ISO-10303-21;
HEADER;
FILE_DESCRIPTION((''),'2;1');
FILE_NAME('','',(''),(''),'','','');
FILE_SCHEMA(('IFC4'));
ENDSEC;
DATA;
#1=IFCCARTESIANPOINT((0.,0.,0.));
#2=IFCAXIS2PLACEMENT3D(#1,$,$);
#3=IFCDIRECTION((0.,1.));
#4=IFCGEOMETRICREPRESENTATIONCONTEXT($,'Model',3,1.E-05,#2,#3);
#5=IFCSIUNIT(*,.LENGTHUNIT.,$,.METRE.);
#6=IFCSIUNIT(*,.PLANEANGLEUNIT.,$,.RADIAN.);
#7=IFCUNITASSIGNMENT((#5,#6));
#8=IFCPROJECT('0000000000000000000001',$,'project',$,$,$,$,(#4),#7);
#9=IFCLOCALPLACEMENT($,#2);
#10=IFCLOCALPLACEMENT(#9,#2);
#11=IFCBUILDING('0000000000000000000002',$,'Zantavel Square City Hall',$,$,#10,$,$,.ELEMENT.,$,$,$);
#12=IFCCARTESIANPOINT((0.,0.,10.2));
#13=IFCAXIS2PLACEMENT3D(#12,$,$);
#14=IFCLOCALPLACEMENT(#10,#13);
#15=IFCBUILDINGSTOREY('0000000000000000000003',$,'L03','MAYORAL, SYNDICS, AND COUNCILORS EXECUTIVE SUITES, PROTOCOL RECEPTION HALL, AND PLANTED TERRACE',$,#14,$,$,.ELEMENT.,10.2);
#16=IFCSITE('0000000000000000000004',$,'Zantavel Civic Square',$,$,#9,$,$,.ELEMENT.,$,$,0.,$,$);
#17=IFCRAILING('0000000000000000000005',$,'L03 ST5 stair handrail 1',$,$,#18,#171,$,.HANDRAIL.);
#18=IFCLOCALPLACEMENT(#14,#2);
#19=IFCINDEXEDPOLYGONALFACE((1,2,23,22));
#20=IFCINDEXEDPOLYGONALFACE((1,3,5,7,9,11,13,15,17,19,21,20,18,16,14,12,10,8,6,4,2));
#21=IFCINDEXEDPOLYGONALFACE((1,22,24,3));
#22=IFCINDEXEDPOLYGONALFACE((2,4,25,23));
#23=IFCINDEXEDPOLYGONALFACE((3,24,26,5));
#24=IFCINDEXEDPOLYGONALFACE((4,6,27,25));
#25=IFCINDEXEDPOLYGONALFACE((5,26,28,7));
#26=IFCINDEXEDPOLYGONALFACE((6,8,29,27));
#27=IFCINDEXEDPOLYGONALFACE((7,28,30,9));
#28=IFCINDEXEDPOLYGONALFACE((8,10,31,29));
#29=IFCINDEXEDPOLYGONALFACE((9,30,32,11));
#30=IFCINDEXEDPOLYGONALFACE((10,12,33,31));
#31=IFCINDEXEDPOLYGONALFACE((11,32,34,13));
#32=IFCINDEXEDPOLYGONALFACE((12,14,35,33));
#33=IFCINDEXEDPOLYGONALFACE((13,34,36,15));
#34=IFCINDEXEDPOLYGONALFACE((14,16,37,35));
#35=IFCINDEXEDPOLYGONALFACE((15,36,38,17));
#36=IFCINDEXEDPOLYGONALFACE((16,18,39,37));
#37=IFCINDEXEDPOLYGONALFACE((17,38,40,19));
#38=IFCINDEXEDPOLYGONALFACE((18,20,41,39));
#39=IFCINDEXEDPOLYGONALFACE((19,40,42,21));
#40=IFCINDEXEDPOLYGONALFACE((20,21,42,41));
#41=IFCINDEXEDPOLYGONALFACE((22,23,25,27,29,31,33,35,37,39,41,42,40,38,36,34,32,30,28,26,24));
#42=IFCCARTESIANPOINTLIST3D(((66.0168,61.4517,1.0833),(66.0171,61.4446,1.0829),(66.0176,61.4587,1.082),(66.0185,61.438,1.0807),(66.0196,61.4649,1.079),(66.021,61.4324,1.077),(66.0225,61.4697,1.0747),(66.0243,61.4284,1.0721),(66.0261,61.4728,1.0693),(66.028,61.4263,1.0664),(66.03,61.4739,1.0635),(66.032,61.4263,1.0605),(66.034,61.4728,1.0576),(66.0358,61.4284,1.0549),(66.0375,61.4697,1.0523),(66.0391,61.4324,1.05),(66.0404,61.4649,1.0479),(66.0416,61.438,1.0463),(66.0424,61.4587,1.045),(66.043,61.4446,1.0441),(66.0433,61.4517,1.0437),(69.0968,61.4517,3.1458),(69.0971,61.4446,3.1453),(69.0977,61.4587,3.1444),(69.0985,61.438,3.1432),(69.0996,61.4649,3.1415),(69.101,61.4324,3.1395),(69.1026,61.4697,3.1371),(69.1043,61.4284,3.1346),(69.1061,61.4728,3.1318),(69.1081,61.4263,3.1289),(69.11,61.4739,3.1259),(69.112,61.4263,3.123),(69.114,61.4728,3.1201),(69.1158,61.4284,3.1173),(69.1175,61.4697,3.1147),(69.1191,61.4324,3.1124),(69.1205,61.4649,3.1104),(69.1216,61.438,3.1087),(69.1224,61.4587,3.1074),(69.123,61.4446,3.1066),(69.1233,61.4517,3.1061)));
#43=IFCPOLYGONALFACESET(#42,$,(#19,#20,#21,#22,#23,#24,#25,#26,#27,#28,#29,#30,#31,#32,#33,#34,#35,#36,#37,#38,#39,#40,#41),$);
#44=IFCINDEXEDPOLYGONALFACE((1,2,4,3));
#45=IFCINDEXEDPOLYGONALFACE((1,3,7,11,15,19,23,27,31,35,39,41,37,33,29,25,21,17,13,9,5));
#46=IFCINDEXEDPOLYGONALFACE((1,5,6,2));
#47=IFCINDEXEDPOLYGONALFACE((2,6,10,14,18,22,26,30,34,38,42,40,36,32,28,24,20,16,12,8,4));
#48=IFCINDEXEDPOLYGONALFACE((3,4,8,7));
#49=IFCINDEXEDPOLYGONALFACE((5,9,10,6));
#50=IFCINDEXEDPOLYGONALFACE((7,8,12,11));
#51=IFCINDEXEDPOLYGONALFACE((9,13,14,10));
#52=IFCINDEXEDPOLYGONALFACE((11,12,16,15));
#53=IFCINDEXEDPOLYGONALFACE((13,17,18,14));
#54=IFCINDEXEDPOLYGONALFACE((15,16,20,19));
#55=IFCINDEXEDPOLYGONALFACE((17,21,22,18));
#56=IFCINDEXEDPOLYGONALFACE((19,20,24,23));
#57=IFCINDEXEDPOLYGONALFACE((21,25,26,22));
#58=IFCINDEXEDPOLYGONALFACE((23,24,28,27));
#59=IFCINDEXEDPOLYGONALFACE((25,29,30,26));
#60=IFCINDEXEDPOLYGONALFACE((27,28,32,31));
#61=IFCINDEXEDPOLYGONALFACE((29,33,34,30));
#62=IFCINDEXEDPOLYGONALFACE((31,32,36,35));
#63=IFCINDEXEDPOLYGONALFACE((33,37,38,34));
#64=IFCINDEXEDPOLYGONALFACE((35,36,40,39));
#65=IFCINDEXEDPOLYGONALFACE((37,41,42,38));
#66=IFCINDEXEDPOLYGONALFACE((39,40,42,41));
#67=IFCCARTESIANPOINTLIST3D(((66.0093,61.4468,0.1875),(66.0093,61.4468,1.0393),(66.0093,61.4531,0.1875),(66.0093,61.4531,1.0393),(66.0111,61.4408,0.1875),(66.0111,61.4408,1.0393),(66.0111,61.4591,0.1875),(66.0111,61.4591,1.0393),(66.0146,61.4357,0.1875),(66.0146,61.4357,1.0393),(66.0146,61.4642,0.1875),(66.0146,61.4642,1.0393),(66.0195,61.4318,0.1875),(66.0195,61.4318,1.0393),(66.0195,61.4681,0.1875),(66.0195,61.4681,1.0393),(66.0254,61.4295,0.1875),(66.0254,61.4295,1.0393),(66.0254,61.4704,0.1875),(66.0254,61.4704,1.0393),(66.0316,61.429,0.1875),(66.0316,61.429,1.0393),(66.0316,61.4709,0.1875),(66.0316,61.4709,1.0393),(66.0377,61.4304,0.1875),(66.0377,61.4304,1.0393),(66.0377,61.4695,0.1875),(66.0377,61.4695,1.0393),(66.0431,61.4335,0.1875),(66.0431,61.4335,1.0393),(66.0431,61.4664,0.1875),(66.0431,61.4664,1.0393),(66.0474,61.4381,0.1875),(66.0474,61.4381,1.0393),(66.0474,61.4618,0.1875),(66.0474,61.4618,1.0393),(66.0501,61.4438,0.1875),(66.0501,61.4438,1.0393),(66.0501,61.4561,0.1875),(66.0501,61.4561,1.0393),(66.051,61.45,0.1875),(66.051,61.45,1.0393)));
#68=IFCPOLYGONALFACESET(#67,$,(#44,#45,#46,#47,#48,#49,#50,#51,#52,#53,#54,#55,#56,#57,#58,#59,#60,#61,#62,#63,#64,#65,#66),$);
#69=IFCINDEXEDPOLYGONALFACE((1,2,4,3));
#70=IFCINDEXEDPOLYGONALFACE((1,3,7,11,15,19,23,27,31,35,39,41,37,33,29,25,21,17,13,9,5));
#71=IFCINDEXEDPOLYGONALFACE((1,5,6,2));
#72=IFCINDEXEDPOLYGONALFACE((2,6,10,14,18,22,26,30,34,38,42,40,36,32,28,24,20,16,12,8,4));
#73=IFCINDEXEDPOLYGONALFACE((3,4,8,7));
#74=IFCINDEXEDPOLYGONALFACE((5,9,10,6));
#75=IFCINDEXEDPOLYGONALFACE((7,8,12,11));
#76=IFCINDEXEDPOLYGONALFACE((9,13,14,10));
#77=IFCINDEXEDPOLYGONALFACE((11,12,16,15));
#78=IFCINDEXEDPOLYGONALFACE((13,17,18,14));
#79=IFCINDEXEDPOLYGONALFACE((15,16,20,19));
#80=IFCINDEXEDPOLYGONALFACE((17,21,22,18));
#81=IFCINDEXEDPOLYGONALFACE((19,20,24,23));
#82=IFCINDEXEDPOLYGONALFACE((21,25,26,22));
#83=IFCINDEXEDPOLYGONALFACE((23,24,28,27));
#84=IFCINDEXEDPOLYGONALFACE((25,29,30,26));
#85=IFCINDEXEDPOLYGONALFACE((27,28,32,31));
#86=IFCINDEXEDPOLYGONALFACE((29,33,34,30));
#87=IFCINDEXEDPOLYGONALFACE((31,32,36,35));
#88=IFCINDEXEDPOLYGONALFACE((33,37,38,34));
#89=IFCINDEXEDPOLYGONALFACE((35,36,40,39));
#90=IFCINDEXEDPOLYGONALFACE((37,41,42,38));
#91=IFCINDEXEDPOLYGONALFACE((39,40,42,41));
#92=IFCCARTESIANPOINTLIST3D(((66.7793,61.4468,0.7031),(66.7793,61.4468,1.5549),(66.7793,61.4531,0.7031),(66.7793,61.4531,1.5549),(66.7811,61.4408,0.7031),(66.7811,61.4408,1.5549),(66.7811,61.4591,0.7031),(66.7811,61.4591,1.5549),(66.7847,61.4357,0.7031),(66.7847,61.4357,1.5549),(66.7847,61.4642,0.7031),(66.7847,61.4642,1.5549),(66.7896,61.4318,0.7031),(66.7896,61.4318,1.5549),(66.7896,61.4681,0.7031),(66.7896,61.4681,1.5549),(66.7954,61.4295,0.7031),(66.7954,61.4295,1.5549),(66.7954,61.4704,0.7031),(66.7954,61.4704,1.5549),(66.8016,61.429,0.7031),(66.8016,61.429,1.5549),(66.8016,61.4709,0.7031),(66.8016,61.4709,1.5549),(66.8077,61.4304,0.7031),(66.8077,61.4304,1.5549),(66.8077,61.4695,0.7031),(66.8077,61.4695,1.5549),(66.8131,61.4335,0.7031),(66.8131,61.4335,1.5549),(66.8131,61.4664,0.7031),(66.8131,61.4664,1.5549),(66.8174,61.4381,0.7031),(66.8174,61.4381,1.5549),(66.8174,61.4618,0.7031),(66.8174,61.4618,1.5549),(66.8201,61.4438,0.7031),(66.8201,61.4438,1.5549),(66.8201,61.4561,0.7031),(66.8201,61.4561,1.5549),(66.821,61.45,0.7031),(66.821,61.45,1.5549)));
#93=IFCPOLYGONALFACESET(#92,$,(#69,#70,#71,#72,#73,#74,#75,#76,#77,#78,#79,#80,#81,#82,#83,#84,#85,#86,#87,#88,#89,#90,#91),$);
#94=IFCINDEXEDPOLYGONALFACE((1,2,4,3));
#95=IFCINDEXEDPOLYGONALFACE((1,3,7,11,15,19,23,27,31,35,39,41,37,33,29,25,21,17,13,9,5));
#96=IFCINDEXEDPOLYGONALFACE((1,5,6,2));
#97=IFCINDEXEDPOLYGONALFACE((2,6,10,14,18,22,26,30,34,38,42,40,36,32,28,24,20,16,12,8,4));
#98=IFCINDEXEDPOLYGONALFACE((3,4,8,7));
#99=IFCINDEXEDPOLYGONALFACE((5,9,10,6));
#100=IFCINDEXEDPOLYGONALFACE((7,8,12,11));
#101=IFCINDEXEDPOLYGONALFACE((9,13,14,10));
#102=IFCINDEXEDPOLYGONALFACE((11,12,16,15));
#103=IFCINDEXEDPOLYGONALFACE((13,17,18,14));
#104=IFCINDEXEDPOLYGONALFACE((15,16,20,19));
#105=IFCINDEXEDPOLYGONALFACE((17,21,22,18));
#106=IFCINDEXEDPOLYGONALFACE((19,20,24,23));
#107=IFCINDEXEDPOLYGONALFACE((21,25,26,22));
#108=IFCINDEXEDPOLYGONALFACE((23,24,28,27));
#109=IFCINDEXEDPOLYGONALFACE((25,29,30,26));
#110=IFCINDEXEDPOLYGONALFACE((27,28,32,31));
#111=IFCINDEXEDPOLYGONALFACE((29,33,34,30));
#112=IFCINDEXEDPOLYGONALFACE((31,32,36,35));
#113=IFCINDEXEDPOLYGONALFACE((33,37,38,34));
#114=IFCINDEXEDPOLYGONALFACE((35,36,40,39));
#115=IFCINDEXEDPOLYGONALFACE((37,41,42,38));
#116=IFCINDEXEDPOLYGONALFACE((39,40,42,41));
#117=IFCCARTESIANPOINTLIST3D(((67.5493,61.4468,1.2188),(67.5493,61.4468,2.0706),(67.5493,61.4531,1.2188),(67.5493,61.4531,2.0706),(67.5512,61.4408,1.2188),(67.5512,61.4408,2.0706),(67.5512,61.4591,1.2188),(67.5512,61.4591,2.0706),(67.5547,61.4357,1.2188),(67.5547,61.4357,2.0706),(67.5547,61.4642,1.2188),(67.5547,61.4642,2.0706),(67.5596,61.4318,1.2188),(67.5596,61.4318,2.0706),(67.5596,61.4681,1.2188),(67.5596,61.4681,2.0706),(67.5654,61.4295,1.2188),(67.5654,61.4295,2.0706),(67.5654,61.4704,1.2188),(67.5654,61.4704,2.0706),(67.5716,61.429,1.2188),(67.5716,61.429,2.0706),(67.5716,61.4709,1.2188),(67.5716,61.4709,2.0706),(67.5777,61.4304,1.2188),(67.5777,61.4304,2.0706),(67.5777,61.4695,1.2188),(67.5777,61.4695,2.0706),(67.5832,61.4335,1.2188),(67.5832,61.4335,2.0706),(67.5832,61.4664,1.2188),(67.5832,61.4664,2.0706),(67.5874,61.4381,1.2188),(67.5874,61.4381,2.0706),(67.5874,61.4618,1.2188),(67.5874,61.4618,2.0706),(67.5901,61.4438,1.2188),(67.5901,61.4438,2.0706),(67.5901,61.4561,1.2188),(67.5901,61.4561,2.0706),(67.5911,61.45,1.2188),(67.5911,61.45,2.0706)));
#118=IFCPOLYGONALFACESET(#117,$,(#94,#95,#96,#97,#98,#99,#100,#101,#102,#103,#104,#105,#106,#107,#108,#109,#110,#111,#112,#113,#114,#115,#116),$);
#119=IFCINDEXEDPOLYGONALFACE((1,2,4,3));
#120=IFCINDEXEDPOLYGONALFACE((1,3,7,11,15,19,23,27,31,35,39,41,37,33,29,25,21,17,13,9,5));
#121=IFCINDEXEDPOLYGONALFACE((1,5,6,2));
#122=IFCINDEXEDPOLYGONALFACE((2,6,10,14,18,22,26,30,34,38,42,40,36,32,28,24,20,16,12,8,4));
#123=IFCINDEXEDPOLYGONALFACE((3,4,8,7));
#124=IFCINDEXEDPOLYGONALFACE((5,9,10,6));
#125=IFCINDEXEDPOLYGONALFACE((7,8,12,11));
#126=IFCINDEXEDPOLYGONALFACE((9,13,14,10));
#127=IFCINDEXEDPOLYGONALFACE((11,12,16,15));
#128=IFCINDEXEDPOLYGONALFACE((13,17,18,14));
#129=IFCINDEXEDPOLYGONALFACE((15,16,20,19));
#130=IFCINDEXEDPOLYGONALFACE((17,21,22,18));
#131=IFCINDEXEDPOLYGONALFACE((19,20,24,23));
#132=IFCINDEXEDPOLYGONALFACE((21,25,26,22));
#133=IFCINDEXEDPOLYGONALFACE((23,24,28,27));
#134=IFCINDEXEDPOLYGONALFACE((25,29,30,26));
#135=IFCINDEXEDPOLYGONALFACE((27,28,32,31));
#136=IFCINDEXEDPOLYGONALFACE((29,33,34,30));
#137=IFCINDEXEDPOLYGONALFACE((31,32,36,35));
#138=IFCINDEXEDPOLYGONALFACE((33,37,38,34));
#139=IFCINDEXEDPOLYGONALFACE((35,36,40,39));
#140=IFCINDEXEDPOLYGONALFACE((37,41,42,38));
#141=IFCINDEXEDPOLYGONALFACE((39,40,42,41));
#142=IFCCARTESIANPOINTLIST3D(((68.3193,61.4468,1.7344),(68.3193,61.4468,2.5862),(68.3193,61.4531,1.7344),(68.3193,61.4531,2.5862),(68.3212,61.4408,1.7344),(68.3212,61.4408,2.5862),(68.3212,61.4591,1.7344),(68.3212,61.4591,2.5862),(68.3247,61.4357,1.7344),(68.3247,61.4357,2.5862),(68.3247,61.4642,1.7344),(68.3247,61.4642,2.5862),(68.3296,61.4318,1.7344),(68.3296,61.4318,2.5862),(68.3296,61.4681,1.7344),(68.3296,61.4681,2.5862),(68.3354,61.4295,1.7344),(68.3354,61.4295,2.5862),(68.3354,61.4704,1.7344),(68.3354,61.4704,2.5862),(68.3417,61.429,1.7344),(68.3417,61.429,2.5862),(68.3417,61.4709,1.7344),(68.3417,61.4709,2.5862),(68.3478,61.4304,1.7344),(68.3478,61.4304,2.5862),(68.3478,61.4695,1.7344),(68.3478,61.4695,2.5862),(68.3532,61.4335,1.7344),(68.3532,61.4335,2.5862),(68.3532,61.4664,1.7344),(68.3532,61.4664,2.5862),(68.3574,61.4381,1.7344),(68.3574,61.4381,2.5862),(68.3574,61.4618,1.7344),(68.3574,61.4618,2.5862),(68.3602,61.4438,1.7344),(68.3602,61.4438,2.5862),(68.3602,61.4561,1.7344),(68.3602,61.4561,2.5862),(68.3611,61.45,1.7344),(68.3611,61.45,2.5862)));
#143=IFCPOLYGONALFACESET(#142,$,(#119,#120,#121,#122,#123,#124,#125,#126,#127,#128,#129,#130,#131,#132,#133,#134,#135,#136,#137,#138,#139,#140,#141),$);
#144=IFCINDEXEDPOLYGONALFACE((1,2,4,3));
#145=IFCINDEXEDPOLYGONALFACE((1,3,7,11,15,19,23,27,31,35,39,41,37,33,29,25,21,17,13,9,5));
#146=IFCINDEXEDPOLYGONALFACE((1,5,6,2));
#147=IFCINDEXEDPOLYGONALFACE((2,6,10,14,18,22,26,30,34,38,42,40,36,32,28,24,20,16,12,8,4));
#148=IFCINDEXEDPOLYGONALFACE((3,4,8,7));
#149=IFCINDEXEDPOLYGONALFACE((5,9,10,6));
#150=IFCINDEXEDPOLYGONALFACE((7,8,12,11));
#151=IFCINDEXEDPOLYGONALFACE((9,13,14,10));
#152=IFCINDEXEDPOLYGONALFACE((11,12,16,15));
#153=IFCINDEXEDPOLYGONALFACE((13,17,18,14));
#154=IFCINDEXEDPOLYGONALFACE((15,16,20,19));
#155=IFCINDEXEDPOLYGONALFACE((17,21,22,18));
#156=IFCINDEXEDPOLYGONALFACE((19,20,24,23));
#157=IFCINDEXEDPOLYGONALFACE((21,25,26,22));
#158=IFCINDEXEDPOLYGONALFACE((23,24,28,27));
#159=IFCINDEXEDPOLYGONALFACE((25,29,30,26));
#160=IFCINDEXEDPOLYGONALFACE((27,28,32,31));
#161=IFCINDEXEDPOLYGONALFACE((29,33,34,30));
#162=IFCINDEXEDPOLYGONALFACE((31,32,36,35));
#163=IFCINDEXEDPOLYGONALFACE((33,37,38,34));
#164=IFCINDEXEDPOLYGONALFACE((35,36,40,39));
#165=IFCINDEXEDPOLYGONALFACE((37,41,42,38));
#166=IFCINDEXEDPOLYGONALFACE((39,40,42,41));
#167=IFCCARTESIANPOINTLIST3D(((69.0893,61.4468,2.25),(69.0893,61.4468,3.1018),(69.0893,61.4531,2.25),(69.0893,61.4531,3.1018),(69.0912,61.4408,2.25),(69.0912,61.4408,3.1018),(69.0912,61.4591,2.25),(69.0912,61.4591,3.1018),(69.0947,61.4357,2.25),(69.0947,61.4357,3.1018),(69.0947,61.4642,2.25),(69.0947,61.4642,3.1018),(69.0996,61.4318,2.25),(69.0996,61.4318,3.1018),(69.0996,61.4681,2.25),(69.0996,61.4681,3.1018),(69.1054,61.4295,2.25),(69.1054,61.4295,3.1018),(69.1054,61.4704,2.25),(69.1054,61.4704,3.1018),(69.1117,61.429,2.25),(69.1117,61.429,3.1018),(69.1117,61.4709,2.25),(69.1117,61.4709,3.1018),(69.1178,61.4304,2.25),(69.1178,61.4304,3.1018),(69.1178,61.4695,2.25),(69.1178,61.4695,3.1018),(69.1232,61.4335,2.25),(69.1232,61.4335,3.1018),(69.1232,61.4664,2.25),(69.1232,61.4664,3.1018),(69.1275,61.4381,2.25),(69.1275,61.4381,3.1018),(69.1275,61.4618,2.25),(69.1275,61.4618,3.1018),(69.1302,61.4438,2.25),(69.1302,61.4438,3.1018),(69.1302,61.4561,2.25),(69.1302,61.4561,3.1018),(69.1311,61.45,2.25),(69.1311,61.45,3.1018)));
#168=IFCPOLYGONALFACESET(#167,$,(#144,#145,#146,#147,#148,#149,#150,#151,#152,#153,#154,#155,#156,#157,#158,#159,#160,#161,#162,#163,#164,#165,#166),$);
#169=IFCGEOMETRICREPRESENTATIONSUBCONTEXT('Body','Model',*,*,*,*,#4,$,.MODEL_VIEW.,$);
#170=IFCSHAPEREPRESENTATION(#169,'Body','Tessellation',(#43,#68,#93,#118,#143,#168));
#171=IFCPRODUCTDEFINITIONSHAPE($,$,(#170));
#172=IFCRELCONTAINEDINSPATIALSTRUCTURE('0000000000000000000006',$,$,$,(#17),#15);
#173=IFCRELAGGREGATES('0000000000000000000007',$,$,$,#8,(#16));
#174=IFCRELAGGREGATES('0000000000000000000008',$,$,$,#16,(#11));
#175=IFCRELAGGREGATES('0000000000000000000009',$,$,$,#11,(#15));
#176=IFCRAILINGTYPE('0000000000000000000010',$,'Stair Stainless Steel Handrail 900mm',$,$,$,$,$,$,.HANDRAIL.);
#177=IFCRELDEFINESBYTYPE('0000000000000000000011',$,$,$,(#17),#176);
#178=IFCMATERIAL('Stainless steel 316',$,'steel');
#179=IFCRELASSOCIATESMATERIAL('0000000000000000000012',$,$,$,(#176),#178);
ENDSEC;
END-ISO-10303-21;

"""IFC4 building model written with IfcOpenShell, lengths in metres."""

from ifc_helpers import new_model, si_unit, direction, frame, origin, origin_2d, place, context, subcontext, project, spatial, circle, extrude, material, type_object, element, save


model = new_model("IFC4")

# Units and contexts
model_context = context("Model", 3, precision=1e-05, world=origin(), true_north=direction((0.0, 1.0)))
body_context = subcontext(model_context, "Body", "Model", "MODEL_VIEW")
ifc_project = project(units=[si_unit("LENGTHUNIT", "METRE"), si_unit("PLANEANGLEUNIT", "RADIAN")], contexts=[model_context])

# Site, building, storey
site_placement = place(None, origin())
site = spatial("IfcSite", under=ifc_project, at=site_placement, Name="Zantavel Civic Square", CompositionType="ELEMENT", RefElevation=0.0)
building_placement = place(site_placement, origin())
building = spatial("IfcBuilding", under=site, at=building_placement, Name="Zantavel Square City Hall", CompositionType="ELEMENT")
storey_placement = place(building_placement, frame((0.0, 0.0, 10.2)))
storey = spatial("IfcBuildingStorey", under=building, at=storey_placement, Name="L03", Description="MAYORAL, SYNDICS, AND COUNCILORS EXECUTIVE SUITES, PROTOCOL RECEPTION HALL, AND PLANTED TERRACE", CompositionType="ELEMENT", Elevation=10.2)

# Shared definitions
ifc_material_1 = material(Name="Stainless steel 316", Category="steel")

# Railing
railing_type_1 = type_object("IfcRailingType", Name="Stair Stainless Steel Handrail 900mm", PredefinedType="HANDRAIL", material=ifc_material_1)
railing_1_placement = place(storey_placement, frame((66.03, 61.45, 0.1875)))
element("IfcRailing", 1, at=railing_1_placement, inside=storey, type_object=railing_type_1, Name="L03 ST5 stair handrail 1", PredefinedType="HANDRAIL", context=body_context, shape_type="SweptSolid", body=[
    extrude(circle(Radius=0.0239, at=origin_2d()), frame((0.0, 0.0, 0.876), z_axis=(0.830914, 0.0, 0.556401), x_axis=(0.0, 1.0, 0.0)), (0.0, 0.0, 1.0), 3.7068),
    extrude(circle(Radius=0.021, at=origin_2d()), origin(), (0.0, 0.0, 1.0), 0.8518),
    extrude(circle(Radius=0.021, at=origin_2d()), frame((0.77, 0.0, 0.5156)), (0.0, 0.0, 1.0), 0.8518),
    extrude(circle(Radius=0.021, at=origin_2d()), frame((1.54, 0.0, 1.0312)), (0.0, 0.0, 1.0), 0.8518),
    extrude(circle(Radius=0.021, at=origin_2d()), frame((2.3101, 0.0, 1.5469)), (0.0, 0.0, 1.0), 0.8518),
    extrude(circle(Radius=0.021, at=origin_2d()), frame((3.0801, 0.0, 2.0625)), (0.0, 0.0, 1.0), 0.8518),
])

save(model, "model.ifc")
